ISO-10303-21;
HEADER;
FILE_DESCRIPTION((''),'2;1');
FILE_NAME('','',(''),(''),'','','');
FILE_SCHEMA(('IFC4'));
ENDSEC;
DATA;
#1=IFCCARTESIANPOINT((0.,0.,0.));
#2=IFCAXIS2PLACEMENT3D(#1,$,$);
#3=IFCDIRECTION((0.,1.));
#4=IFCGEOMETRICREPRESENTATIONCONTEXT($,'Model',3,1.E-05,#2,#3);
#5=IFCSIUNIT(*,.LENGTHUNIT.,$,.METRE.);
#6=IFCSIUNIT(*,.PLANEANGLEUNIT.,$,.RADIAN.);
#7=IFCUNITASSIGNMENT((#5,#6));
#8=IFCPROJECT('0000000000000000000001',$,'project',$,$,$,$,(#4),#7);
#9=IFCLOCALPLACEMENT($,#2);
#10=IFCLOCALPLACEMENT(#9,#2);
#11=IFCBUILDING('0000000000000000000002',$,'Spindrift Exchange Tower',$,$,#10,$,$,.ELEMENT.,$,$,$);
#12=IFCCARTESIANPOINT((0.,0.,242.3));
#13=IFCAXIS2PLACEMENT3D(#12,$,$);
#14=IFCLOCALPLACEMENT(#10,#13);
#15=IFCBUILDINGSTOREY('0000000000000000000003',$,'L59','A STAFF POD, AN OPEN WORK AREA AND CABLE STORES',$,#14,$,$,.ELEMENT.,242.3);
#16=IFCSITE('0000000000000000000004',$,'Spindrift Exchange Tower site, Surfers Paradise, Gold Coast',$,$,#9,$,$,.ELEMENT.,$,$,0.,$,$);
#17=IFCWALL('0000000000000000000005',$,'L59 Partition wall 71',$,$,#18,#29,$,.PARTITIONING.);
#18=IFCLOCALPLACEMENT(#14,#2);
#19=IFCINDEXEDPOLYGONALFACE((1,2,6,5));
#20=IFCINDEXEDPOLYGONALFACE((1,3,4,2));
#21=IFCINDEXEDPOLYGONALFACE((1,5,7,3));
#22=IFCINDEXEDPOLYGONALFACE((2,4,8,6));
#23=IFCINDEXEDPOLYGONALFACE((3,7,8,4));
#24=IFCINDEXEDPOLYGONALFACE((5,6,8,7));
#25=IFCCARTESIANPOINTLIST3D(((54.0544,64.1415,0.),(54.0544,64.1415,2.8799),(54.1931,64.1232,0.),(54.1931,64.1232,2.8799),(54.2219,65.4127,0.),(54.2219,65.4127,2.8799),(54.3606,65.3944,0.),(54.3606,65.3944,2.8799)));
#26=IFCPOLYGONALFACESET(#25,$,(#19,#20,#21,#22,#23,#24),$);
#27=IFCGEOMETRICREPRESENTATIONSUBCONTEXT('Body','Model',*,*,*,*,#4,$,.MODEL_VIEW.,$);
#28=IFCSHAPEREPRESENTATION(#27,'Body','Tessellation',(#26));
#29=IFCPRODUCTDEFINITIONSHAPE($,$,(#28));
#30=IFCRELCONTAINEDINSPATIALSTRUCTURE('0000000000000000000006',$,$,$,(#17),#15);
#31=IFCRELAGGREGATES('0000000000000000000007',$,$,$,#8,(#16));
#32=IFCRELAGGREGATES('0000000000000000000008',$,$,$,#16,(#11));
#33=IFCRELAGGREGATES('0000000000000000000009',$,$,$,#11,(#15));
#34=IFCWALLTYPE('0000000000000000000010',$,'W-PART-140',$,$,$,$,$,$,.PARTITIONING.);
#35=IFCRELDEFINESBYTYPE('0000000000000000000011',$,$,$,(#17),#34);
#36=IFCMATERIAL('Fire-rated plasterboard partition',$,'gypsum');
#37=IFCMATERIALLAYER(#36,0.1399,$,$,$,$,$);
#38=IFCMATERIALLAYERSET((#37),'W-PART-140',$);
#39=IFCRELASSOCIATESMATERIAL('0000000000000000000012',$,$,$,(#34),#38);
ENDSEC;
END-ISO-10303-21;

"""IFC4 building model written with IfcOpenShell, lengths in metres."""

from ifc_helpers import new_model, si_unit, direction, frame, frame_2d, origin, place, context, subcontext, project, spatial, rectangle, extrude, material, layer, layer_set, type_object, element, save


model = new_model("IFC4")

# Units and contexts
model_context = context("Model", 3, precision=1e-05, world=origin(), true_north=direction((0.0, 1.0)))
body_context = subcontext(model_context, "Body", "Model", "MODEL_VIEW")
ifc_project = project(units=[si_unit("LENGTHUNIT", "METRE"), si_unit("PLANEANGLEUNIT", "RADIAN")], contexts=[model_context])

# Site, building, storey
site_placement = place(None, origin())
site = spatial("IfcSite", under=ifc_project, at=site_placement, Name="Spindrift Exchange Tower site, Surfers Paradise, Gold Coast", CompositionType="ELEMENT", RefElevation=0.0)
building_placement = place(site_placement, origin())
building = spatial("IfcBuilding", under=site, at=building_placement, Name="Spindrift Exchange Tower", CompositionType="ELEMENT")
storey_placement = place(building_placement, frame((0.0, 0.0, 242.3)))
storey = spatial("IfcBuildingStorey", under=building, at=storey_placement, Name="L59", Description="A STAFF POD, AN OPEN WORK AREA AND CABLE STORES", CompositionType="ELEMENT", Elevation=242.3)

# Shared definitions
ifc_material_1 = material(Name="Fire-rated plasterboard partition", Category="gypsum")
ifc_layer_1 = layer(ifc_material_1, 0.1399)
ifc_layer_set_1 = layer_set([ifc_layer_1], Name="W-PART-140")
wall_type = type_object("IfcWallType", Name="W-PART-140", PredefinedType="PARTITIONING", material=ifc_layer_set_1)

# Wall
wall_1_placement = place(storey_placement, frame((54.1238, 64.1323, 0.0), z_axis=(0.0, 0.0, 1.0), x_axis=(0.130617, 0.991433, 0.0)))
element("IfcWall", 1, at=wall_1_placement, inside=storey, type_object=wall_type, Name="L59 Partition wall 71", PredefinedType="PARTITIONING", context=body_context, shape_type="SweptSolid", body=[
    extrude(rectangle(XDim=1.2822, YDim=0.1399, at=frame_2d((0.6411, 0.0))), origin(), (0.0, 0.0, 1.0), 2.8799),
])

save(model, "model.ifc")
